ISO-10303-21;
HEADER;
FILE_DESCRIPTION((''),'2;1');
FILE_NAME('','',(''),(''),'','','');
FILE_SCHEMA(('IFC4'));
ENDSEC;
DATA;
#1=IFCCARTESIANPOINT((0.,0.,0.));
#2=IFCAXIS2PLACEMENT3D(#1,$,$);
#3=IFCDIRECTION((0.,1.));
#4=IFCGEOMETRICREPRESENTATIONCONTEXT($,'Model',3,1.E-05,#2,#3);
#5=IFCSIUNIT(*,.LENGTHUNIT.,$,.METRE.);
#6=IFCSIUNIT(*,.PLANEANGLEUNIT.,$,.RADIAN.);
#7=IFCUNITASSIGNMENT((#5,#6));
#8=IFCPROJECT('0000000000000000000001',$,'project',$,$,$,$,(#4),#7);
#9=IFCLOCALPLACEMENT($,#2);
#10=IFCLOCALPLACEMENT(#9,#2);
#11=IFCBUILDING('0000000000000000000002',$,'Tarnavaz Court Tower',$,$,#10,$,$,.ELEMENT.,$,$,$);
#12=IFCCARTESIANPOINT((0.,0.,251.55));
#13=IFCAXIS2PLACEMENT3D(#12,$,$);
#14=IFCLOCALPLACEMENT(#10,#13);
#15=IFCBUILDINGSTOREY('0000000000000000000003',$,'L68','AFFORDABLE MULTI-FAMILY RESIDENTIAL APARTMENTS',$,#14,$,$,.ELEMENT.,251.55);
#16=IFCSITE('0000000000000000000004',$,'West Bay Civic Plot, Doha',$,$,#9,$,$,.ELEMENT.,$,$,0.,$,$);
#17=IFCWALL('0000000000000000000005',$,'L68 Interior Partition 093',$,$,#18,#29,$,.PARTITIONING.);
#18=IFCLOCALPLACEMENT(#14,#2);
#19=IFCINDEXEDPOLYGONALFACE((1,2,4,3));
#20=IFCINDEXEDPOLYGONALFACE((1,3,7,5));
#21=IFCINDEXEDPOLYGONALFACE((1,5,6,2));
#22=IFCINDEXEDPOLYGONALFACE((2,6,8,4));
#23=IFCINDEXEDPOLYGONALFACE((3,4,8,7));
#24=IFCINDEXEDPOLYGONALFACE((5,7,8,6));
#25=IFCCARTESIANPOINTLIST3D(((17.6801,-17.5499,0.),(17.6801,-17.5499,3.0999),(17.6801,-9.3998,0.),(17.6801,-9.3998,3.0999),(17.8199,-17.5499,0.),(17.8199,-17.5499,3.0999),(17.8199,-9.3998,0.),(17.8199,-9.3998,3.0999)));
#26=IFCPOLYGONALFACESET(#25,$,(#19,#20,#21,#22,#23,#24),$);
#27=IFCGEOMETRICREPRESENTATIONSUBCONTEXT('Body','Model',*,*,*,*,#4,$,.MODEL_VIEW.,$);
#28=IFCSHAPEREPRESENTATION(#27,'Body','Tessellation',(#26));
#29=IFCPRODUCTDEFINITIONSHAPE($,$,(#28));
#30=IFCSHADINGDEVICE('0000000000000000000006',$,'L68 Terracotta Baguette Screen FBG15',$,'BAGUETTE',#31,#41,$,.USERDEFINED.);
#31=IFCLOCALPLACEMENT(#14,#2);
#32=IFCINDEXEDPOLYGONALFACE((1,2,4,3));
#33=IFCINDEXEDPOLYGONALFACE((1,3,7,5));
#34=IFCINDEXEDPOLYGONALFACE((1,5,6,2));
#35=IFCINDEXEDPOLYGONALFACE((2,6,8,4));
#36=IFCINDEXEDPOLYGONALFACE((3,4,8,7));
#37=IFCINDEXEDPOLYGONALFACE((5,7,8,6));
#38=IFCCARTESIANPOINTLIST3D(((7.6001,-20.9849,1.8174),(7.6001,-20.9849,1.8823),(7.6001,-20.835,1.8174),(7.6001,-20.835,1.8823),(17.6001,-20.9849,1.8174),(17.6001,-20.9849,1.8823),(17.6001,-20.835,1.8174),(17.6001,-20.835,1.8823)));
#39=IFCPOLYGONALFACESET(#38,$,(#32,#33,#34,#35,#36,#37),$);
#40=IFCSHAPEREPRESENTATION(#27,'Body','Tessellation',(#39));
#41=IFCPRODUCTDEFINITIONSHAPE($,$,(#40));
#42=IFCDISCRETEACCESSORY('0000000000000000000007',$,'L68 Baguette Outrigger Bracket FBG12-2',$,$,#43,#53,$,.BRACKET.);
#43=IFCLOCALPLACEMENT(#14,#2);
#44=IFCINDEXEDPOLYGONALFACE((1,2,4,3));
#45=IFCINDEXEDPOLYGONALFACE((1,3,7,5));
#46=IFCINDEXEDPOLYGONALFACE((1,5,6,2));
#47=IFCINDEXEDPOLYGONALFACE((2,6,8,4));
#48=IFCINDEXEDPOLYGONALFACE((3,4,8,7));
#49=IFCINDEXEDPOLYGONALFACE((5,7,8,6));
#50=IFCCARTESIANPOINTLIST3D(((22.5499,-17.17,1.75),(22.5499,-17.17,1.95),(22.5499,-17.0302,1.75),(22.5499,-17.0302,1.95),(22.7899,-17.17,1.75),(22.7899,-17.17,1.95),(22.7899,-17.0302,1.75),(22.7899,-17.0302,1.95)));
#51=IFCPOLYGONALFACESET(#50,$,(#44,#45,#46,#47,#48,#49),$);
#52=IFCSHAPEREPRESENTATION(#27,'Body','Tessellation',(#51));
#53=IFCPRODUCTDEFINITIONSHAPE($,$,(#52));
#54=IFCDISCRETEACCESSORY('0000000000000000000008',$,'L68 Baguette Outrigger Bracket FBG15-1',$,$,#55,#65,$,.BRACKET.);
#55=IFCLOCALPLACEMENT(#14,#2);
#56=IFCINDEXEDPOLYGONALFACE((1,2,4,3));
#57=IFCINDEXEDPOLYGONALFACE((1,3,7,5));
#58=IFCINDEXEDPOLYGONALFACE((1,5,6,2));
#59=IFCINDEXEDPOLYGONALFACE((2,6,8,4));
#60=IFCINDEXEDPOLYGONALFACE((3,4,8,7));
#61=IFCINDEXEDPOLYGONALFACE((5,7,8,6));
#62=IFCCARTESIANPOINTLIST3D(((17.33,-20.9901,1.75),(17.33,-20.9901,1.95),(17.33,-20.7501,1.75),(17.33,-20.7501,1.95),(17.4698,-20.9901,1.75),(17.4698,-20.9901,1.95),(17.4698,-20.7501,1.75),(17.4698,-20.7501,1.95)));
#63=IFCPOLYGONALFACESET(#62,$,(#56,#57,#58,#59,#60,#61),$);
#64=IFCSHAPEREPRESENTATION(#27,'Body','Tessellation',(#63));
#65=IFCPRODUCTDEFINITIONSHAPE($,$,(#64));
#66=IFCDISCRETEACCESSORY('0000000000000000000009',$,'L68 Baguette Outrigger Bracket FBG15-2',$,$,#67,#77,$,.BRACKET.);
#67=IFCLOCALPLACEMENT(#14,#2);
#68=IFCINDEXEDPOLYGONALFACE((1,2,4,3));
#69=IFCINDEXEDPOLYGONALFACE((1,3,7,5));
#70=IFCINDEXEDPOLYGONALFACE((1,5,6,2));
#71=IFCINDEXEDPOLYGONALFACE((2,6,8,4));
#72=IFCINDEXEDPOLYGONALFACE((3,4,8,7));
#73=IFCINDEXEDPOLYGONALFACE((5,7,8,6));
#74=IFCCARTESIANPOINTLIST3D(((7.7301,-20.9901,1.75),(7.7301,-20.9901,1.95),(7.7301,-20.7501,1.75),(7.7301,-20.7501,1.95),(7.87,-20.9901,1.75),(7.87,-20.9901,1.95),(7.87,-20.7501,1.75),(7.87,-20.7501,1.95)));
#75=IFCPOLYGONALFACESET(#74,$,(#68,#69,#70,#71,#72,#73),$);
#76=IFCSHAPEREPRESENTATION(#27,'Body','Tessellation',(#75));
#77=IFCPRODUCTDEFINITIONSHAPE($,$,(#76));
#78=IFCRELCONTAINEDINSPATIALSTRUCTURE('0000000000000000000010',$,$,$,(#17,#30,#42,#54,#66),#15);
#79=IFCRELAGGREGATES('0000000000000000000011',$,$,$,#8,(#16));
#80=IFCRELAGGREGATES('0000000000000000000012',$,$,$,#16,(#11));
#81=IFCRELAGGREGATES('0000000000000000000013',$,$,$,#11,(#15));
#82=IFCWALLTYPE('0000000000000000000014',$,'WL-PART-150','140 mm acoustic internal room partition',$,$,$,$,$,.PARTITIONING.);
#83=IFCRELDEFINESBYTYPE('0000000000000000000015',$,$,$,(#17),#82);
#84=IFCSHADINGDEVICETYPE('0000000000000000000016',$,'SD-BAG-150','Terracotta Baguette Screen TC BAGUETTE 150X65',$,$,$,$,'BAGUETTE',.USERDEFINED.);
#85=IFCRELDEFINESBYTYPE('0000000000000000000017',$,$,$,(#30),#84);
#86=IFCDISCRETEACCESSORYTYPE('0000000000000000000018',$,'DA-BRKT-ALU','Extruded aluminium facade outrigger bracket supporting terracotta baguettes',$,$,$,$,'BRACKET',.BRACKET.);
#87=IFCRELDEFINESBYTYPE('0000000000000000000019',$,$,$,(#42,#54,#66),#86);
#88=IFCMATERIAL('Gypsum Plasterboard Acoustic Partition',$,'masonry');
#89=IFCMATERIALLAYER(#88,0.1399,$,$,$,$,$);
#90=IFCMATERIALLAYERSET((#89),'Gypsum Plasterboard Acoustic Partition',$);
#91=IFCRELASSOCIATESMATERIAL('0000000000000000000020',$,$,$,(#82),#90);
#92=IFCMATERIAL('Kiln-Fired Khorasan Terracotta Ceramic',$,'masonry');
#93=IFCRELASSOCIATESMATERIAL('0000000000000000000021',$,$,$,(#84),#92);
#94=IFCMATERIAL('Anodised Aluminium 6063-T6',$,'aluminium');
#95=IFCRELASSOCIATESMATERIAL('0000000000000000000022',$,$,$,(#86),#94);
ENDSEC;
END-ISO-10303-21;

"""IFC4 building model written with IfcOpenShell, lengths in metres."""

from ifc_helpers import new_model, si_unit, direction, frame, frame_2d, origin, origin_2d, place, context, subcontext, project, spatial, rectangle, extrude, material, layer, layer_set, material_profile, profile_set, type_object, element, save


model = new_model("IFC4")

# Units and contexts
model_context = context("Model", 3, precision=1e-05, world=origin(), true_north=direction((0.0, 1.0)))
body_context = subcontext(model_context, "Body", "Model", "MODEL_VIEW")
ifc_project = project(units=[si_unit("LENGTHUNIT", "METRE"), si_unit("PLANEANGLEUNIT", "RADIAN")], contexts=[model_context])

# Site, building, storey
site_placement = place(None, origin())
site = spatial("IfcSite", under=ifc_project, at=site_placement, Name="West Bay Civic Plot, Doha", CompositionType="ELEMENT", RefElevation=0.0)
building_placement = place(site_placement, origin())
building = spatial("IfcBuilding", under=site, at=building_placement, Name="Tarnavaz Court Tower", CompositionType="ELEMENT")
storey_placement = place(building_placement, frame((0.0, 0.0, 251.55)))
storey = spatial("IfcBuildingStorey", under=building, at=storey_placement, Name="L68", Description="AFFORDABLE MULTI-FAMILY RESIDENTIAL APARTMENTS", CompositionType="ELEMENT", Elevation=251.55)

# Wall
ifc_material_1 = material(Name="Gypsum Plasterboard Acoustic Partition", Category="masonry")
ifc_layer_1 = layer(ifc_material_1, 0.1399)
ifc_layer_set_1 = layer_set([ifc_layer_1], Name="Gypsum Plasterboard Acoustic Partition")
wall_type_1 = type_object("IfcWallType", Name="WL-PART-150", Description="140 mm acoustic internal room partition", PredefinedType="PARTITIONING", material=ifc_layer_set_1)
wall_1_placement = place(storey_placement, frame((17.75, -17.55, 0.0), z_axis=(0.0, 0.0, 1.0), x_axis=(0.0, 1.0, 0.0)))
element("IfcWall", 1, at=wall_1_placement, inside=storey, type_object=wall_type_1, Name="L68 Interior Partition 093", PredefinedType="PARTITIONING", context=body_context, shape_type="SweptSolid", body=[
    extrude(rectangle(XDim=8.1501, YDim=0.1399, at=frame_2d((4.0752, 0.0))), origin(), (0.0, 0.0, 1.0), 3.0999),
])

# Shading device
ifc_material_2 = material(Name="Kiln-Fired Khorasan Terracotta Ceramic", Category="masonry")
ifc_material_profile_1 = material_profile(ifc_material_2, rectangle(XDim=0.1499, YDim=0.0649, at=origin_2d()), Name="TC BAGUETTE 150X65")
ifc_profile_set_1 = profile_set([ifc_material_profile_1], Name="Kiln-Fired Khorasan Terracotta Ceramic")
shading_device_type = type_object("IfcShadingDeviceType", Name="SD-BAG-150", Description="Terracotta Baguette Screen TC BAGUETTE 150X65", ElementType="BAGUETTE", PredefinedType="USERDEFINED", material=ifc_profile_set_1)
shading_device_placement = place(storey_placement, frame((17.6001, -20.9099, 1.8499), z_axis=(-1.0, 0.0, 0.0), x_axis=(0.0, -1.0, 0.0)))
element("IfcShadingDevice", 2, at=shading_device_placement, inside=storey, type_object=shading_device_type, Name="L68 Terracotta Baguette Screen FBG15", ObjectType="BAGUETTE", PredefinedType="USERDEFINED", context=body_context, shape_type="SweptSolid", body=[
    extrude(rectangle(XDim=0.1499, YDim=0.0649, at=origin_2d()), origin(), (0.0, 0.0, 1.0), 10.0),
])

# Discrete accessories
ifc_material_3 = material(Name="Anodised Aluminium 6063-T6", Category="aluminium")
discrete_accessory_type = type_object("IfcDiscreteAccessoryType", Name="DA-BRKT-ALU", Description="Extruded aluminium facade outrigger bracket supporting terracotta baguettes", ElementType="BRACKET", PredefinedType="BRACKET", material=ifc_material_3)
for number, where, z_axis, x_axis, name in (
    (3, (22.6699, -17.1001, 1.75), (0.0, 0.0, 1.0), (0.0, -1.0, 0.0), "L68 Baguette Outrigger Bracket FBG12-2"),
    (4, (17.3999, -20.8701, 1.75), (0.0, 0.0, 1.0), (-1.0, 0.0, 0.0), "L68 Baguette Outrigger Bracket FBG15-1"),
    (5, (7.8, -20.8701, 1.75), (0.0, 0.0, 1.0), (-1.0, 0.0, 0.0), "L68 Baguette Outrigger Bracket FBG15-2"),
):
    element("IfcDiscreteAccessory", number, at=place(storey_placement, frame(where, z_axis=z_axis, x_axis=x_axis)), inside=storey, type_object=discrete_accessory_type, Name=name, PredefinedType="BRACKET", context=body_context, shape_type="SweptSolid", body=[
        extrude(rectangle(XDim=0.1399, YDim=0.24, at=origin_2d()), origin(), (0.0, 0.0, 1.0), 0.2),
    ])

save(model, "model.ifc")
